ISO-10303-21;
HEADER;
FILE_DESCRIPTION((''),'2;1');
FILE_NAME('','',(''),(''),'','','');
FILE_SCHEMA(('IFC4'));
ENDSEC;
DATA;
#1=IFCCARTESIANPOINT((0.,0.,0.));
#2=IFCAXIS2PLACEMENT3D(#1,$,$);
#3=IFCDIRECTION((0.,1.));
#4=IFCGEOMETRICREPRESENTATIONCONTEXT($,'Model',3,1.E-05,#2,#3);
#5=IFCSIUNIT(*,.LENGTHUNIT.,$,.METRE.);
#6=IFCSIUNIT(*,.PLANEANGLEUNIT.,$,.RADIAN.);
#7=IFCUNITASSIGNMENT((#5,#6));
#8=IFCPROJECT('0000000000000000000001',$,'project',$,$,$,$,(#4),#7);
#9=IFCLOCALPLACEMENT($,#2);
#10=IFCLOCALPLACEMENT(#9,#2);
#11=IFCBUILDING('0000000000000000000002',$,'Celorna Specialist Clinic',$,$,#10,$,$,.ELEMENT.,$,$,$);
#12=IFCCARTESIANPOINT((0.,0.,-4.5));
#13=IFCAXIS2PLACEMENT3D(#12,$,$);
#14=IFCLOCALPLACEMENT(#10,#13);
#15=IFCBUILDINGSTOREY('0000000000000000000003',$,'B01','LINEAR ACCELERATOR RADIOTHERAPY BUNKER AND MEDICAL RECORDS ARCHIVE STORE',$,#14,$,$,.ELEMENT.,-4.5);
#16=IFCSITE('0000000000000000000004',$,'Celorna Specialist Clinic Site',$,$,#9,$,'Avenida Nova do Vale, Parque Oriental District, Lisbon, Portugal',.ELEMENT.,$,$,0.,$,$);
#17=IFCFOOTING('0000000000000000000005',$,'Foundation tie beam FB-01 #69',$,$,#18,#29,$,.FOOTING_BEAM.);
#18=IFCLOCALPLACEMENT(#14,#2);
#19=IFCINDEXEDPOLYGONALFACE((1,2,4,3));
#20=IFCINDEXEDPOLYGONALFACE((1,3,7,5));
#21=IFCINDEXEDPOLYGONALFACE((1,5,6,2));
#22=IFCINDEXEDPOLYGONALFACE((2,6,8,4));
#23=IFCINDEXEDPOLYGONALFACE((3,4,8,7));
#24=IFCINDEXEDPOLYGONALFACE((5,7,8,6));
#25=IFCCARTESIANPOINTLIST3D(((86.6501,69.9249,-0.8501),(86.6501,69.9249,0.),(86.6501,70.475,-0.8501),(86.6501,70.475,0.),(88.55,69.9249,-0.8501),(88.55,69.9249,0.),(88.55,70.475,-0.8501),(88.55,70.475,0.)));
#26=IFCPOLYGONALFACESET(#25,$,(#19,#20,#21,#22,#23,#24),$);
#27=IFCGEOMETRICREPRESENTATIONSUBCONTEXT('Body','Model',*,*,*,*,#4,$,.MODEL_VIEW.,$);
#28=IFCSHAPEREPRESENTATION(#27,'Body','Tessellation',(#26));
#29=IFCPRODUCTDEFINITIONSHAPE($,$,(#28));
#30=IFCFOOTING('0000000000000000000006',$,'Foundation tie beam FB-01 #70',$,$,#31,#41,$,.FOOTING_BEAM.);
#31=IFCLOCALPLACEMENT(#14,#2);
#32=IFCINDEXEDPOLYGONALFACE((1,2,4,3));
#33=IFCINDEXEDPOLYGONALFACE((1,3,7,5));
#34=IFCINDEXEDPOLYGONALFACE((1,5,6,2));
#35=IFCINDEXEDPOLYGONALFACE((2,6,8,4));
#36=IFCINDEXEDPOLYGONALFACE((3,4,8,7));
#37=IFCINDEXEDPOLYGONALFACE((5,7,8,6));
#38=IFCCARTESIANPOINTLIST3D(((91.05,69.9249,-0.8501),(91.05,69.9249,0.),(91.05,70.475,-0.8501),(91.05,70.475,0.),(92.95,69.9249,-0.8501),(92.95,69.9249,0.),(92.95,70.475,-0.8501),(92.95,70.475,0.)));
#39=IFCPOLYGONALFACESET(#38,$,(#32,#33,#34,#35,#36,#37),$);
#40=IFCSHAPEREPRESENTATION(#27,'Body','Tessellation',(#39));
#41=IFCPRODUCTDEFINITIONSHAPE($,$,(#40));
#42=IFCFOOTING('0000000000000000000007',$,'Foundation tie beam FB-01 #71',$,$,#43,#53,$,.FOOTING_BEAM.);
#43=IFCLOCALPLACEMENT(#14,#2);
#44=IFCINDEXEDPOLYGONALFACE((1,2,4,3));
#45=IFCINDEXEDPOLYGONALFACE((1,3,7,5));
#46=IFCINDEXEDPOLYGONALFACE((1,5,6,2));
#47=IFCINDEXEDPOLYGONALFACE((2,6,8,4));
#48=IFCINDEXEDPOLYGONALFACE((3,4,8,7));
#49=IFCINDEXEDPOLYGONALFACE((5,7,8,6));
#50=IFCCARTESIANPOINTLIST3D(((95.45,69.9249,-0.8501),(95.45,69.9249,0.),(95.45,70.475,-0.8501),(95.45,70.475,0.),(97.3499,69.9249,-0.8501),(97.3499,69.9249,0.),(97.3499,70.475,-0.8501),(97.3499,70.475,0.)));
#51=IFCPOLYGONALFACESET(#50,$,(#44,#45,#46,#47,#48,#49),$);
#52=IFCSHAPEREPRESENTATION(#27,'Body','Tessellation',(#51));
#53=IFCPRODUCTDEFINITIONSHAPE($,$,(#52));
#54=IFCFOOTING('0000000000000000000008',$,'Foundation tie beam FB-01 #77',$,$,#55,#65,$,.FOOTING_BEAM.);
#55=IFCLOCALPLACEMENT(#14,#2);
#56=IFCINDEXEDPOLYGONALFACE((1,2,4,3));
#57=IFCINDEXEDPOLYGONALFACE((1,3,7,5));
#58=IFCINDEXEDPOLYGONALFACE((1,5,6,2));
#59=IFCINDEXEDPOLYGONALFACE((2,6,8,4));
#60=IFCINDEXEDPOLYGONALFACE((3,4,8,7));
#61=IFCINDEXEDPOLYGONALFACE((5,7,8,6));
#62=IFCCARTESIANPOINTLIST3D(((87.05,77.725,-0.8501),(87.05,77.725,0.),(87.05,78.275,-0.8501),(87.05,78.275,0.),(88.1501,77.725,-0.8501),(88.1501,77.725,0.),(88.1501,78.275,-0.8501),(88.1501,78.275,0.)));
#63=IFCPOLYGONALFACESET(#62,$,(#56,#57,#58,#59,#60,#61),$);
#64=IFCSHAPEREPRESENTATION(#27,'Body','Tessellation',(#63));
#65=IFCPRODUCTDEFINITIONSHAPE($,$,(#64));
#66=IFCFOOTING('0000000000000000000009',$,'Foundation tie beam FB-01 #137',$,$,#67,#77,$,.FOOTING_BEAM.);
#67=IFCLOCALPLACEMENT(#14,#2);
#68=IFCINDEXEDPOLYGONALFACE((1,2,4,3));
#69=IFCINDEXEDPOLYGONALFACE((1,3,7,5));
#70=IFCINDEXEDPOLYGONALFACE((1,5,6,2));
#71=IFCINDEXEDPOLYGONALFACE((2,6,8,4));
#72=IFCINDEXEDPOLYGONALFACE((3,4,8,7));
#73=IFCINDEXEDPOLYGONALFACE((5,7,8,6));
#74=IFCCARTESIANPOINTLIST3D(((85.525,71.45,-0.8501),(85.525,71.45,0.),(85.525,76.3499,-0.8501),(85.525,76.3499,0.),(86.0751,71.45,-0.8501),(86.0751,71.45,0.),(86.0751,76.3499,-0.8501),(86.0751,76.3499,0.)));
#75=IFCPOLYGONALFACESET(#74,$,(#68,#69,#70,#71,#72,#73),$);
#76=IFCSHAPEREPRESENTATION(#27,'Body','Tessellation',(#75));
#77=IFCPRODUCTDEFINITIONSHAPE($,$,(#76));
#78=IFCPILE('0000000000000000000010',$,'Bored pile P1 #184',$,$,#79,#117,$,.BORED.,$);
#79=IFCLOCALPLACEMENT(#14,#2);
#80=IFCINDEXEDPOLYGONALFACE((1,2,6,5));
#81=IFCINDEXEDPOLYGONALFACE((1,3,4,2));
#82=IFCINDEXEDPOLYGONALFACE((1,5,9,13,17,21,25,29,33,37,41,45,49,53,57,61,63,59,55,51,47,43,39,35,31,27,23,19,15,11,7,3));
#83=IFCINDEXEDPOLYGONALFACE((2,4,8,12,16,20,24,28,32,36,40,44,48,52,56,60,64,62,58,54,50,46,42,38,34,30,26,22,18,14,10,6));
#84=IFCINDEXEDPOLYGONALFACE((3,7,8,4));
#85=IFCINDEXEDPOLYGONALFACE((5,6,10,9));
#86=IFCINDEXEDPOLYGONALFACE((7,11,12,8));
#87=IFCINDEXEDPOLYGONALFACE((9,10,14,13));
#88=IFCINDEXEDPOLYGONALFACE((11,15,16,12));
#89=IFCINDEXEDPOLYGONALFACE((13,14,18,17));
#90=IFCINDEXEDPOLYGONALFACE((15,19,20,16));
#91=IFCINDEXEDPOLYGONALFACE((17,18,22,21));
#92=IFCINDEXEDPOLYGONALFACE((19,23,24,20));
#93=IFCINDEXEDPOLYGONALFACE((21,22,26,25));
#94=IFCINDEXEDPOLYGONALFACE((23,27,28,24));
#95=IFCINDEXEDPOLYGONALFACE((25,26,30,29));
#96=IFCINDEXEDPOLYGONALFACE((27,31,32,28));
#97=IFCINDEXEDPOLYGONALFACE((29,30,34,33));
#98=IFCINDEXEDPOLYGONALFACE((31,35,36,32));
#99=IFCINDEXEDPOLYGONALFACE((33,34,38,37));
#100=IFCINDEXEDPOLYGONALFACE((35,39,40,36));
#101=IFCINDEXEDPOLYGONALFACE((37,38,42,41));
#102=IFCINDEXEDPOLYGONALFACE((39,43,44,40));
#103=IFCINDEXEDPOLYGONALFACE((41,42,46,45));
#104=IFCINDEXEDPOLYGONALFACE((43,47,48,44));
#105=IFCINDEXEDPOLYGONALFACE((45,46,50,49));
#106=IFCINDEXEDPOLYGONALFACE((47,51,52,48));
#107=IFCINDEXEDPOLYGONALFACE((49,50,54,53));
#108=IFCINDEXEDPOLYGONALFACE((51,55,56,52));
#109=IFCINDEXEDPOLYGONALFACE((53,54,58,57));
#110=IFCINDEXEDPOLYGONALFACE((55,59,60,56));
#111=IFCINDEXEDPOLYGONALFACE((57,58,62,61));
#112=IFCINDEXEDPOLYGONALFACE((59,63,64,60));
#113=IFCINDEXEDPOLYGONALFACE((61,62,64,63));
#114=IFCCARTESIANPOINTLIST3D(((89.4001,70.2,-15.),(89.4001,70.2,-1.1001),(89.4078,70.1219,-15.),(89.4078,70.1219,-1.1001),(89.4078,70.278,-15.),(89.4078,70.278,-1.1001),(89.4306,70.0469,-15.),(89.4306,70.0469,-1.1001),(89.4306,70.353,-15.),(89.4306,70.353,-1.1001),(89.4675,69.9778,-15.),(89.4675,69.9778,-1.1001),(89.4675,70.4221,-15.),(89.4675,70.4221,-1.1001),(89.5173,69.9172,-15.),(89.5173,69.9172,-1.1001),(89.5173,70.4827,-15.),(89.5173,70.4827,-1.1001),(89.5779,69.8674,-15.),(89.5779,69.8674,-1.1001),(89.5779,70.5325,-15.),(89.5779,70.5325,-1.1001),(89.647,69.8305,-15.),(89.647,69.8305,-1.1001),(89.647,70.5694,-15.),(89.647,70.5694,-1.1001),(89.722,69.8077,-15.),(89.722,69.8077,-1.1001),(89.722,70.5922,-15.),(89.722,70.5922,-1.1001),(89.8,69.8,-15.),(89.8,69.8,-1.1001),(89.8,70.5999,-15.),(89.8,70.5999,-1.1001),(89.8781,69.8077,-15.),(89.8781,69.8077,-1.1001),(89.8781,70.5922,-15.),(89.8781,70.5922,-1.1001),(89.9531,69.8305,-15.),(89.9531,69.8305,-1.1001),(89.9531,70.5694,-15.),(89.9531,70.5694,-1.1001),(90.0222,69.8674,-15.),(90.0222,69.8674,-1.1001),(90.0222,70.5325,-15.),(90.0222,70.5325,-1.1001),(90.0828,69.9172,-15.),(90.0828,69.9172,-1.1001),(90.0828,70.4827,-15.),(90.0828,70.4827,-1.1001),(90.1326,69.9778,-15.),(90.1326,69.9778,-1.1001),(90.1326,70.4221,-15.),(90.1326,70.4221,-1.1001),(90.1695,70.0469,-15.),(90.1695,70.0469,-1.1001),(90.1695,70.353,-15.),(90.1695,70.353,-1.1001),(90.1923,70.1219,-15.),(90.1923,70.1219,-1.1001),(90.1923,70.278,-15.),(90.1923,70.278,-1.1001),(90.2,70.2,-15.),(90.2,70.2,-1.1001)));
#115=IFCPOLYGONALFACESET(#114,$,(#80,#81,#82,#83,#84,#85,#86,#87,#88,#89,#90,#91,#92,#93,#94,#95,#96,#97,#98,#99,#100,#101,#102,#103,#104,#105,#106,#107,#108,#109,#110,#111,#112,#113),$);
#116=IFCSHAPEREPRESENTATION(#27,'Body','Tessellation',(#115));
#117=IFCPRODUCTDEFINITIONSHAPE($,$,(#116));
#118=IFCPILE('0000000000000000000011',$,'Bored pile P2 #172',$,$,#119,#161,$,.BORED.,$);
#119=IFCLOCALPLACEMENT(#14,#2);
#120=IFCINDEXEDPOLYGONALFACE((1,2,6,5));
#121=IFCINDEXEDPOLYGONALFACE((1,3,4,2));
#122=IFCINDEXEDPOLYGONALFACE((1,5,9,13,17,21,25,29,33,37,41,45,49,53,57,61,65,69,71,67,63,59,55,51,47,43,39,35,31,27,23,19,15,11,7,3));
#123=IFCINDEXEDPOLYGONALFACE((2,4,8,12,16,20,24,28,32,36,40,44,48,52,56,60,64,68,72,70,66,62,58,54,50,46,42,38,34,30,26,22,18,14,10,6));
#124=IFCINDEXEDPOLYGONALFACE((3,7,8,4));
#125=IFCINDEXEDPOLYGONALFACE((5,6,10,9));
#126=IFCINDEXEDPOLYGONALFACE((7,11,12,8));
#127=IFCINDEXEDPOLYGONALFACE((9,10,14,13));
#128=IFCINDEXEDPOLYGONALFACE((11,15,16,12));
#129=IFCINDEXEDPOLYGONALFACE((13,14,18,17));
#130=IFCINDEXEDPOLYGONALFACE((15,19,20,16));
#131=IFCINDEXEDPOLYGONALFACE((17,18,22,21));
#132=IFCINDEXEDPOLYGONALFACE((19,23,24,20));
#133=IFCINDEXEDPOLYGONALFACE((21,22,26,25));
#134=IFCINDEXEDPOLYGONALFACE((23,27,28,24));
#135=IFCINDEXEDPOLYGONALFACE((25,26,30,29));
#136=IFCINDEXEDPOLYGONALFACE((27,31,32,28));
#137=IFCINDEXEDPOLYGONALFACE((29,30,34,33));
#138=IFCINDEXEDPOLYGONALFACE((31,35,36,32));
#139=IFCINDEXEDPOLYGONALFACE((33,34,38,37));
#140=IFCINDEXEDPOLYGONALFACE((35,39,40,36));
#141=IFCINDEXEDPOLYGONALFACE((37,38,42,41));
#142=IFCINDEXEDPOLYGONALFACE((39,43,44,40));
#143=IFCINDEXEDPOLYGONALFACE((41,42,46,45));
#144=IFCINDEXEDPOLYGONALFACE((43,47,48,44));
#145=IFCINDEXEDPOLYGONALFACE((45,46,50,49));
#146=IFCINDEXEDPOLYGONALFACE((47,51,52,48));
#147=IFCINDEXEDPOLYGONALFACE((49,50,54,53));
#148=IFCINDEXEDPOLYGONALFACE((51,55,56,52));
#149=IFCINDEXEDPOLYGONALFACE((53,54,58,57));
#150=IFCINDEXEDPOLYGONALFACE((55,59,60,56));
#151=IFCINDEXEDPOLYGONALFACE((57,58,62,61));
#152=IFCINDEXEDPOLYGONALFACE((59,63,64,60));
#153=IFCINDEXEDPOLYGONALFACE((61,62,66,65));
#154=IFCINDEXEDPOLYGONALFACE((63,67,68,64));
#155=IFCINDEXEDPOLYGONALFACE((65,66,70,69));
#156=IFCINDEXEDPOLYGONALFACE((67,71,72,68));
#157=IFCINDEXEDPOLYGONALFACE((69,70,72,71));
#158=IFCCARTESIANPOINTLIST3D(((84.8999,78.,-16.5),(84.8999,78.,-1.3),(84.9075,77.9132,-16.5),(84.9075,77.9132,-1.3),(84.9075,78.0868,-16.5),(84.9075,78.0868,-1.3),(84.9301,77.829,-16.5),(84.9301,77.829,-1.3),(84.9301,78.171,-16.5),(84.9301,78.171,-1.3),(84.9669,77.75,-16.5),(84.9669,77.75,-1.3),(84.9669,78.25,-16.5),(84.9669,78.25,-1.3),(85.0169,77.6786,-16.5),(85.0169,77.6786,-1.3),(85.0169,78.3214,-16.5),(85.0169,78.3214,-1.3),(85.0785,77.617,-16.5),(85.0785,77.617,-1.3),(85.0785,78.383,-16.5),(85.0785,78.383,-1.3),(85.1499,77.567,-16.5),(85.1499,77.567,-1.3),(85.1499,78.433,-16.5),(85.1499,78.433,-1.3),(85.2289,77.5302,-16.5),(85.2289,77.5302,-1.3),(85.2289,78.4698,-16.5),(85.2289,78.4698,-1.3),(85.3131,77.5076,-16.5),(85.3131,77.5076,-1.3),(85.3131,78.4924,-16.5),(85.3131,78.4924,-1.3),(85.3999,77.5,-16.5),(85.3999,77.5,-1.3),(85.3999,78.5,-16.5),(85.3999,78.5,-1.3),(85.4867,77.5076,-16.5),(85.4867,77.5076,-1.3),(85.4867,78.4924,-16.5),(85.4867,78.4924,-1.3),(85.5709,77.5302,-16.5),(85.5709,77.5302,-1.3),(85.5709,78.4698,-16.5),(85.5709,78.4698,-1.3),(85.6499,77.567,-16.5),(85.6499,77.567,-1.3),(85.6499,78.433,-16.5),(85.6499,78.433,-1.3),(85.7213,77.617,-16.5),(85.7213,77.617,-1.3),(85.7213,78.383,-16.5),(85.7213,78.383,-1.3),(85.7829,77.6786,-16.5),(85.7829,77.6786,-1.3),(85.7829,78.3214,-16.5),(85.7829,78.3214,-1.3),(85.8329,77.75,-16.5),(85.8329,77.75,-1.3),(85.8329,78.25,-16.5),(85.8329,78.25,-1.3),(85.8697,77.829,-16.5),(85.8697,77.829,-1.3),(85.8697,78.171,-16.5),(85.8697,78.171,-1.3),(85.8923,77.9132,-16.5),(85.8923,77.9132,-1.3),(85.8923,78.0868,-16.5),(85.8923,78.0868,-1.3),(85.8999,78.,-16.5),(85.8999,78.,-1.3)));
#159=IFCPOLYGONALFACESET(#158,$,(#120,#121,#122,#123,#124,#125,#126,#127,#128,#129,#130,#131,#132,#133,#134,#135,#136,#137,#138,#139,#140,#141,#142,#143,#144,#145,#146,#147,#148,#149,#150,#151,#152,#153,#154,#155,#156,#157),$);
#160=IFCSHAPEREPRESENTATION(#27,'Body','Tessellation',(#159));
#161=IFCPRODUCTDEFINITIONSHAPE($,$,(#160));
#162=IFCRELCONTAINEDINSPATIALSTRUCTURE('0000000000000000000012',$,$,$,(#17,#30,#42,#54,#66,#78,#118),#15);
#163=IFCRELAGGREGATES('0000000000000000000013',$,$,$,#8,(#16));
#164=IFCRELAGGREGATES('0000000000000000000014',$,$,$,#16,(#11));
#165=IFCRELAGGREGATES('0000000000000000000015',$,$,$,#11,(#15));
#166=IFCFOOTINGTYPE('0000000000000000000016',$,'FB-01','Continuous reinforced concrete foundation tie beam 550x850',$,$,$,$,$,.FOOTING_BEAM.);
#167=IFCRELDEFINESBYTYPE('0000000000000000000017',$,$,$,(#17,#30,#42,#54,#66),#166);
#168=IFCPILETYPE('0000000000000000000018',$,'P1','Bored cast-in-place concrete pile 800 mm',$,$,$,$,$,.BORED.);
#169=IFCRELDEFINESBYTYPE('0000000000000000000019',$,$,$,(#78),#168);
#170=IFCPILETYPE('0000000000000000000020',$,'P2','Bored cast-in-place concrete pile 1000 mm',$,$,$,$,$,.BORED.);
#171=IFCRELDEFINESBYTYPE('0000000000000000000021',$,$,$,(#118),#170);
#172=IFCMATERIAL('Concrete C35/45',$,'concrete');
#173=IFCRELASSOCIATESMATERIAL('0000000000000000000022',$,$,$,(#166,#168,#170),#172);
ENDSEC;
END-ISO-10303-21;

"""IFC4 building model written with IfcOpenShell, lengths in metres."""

from ifc_helpers import new_model, si_unit, direction, frame, origin, origin_2d, place, context, subcontext, project, spatial, rectangle, circle, extrude, material, material_profile, profile_set, type_object, element, save


model = new_model("IFC4")

# Units and contexts
model_context = context("Model", 3, precision=1e-05, world=origin(), true_north=direction((0.0, 1.0)))
body_context = subcontext(model_context, "Body", "Model", "MODEL_VIEW")
ifc_project = project(units=[si_unit("LENGTHUNIT", "METRE"), si_unit("PLANEANGLEUNIT", "RADIAN")], contexts=[model_context])

# Site, building, storey
site_placement = place(None, origin())
site = spatial("IfcSite", under=ifc_project, at=site_placement, Name="Celorna Specialist Clinic Site", LongName="Avenida Nova do Vale, Parque Oriental District, Lisbon, Portugal", CompositionType="ELEMENT", RefElevation=0.0)
building_placement = place(site_placement, origin())
building = spatial("IfcBuilding", under=site, at=building_placement, Name="Celorna Specialist Clinic", CompositionType="ELEMENT")
storey_placement = place(building_placement, frame((0.0, 0.0, -4.5)))
storey = spatial("IfcBuildingStorey", under=building, at=storey_placement, Name="B01", Description="LINEAR ACCELERATOR RADIOTHERAPY BUNKER AND MEDICAL RECORDS ARCHIVE STORE", CompositionType="ELEMENT", Elevation=-4.5)

# Footings
ifc_material_1 = material(Name="Concrete C35/45", Category="concrete")
footing_type_1 = type_object("IfcFootingType", Name="FB-01", Description="Continuous reinforced concrete foundation tie beam 550x850", PredefinedType="FOOTING_BEAM", material=ifc_material_1)
for number, where, z_axis, x_axis, name in (
    (1, (87.6001, 70.2, -0.8501), (0.0, 0.0, 1.0), (1.0, 0.0, 0.0), "Foundation tie beam FB-01 #69"),
    (2, (92.0, 70.2, -0.8501), (0.0, 0.0, 1.0), (1.0, 0.0, 0.0), "Foundation tie beam FB-01 #70"),
    (3, (96.3999, 70.2, -0.8501), (0.0, 0.0, 1.0), (1.0, 0.0, 0.0), "Foundation tie beam FB-01 #71"),
):
    element("IfcFooting", number, at=place(storey_placement, frame(where, z_axis=z_axis, x_axis=x_axis)), inside=storey, type_object=footing_type_1, Name=name, PredefinedType="FOOTING_BEAM", context=body_context, shape_type="SweptSolid", body=[
        extrude(rectangle(XDim=1.8999, YDim=0.55, at=origin_2d()), origin(), (0.0, 0.0, 1.0), 0.8501),
    ])
footing_1_placement = place(storey_placement, frame((87.6001, 78.0, -0.8501), z_axis=(0.0, 0.0, 1.0), x_axis=(1.0, 0.0, 0.0)))
element("IfcFooting", 4, at=footing_1_placement, inside=storey, type_object=footing_type_1, Name="Foundation tie beam FB-01 #77", PredefinedType="FOOTING_BEAM", context=body_context, shape_type="SweptSolid", body=[
    extrude(rectangle(XDim=1.1001, YDim=0.55, at=origin_2d()), origin(), (0.0, 0.0, 1.0), 0.8501),
])
footing_2_placement = place(storey_placement, frame((85.8, 73.8999, -0.8501), z_axis=(0.0, 0.0, 1.0), x_axis=(0.0, 1.0, 0.0)))
element("IfcFooting", 5, at=footing_2_placement, inside=storey, type_object=footing_type_1, Name="Foundation tie beam FB-01 #137", PredefinedType="FOOTING_BEAM", context=body_context, shape_type="SweptSolid", body=[
    extrude(rectangle(XDim=4.8999, YDim=0.55, at=origin_2d()), origin(), (0.0, 0.0, 1.0), 0.8501),
])

# Piles
ifc_material_profile_1 = material_profile(ifc_material_1, circle(Radius=0.3999, at=origin_2d()), Name="BORED PILE 800")
ifc_profile_set_1 = profile_set([ifc_material_profile_1], Name="Concrete C35/45")
pile_type_1 = type_object("IfcPileType", Name="P1", Description="Bored cast-in-place concrete pile 800 mm", PredefinedType="BORED", material=ifc_profile_set_1)
pile_1_placement = place(storey_placement, frame((89.8, 70.2, -1.1001), z_axis=(0.0, 0.0, -1.0), x_axis=(1.0, 0.0, 0.0)))
element("IfcPile", 6, at=pile_1_placement, inside=storey, type_object=pile_type_1, Name="Bored pile P1 #184", PredefinedType="BORED", context=body_context, shape_type="SweptSolid", body=[
    extrude(circle(Radius=0.3999, at=origin_2d()), origin(), (0.0, 0.0, 1.0), 13.8999),
])
ifc_material_profile_2 = material_profile(ifc_material_1, circle(Radius=0.5, at=origin_2d()), Name="BORED PILE 1000")
ifc_profile_set_2 = profile_set([ifc_material_profile_2], Name="Concrete C35/45")
pile_type_2 = type_object("IfcPileType", Name="P2", Description="Bored cast-in-place concrete pile 1000 mm", PredefinedType="BORED", material=ifc_profile_set_2)
pile_2_placement = place(storey_placement, frame((85.3999, 78.0, -1.3), z_axis=(0.0, 0.0, -1.0), x_axis=(1.0, 0.0, 0.0)))
element("IfcPile", 7, at=pile_2_placement, inside=storey, type_object=pile_type_2, Name="Bored pile P2 #172", PredefinedType="BORED", context=body_context, shape_type="SweptSolid", body=[
    extrude(circle(Radius=0.5, at=origin_2d()), origin(), (0.0, 0.0, 1.0), 15.2),
])

save(model, "model.ifc")
